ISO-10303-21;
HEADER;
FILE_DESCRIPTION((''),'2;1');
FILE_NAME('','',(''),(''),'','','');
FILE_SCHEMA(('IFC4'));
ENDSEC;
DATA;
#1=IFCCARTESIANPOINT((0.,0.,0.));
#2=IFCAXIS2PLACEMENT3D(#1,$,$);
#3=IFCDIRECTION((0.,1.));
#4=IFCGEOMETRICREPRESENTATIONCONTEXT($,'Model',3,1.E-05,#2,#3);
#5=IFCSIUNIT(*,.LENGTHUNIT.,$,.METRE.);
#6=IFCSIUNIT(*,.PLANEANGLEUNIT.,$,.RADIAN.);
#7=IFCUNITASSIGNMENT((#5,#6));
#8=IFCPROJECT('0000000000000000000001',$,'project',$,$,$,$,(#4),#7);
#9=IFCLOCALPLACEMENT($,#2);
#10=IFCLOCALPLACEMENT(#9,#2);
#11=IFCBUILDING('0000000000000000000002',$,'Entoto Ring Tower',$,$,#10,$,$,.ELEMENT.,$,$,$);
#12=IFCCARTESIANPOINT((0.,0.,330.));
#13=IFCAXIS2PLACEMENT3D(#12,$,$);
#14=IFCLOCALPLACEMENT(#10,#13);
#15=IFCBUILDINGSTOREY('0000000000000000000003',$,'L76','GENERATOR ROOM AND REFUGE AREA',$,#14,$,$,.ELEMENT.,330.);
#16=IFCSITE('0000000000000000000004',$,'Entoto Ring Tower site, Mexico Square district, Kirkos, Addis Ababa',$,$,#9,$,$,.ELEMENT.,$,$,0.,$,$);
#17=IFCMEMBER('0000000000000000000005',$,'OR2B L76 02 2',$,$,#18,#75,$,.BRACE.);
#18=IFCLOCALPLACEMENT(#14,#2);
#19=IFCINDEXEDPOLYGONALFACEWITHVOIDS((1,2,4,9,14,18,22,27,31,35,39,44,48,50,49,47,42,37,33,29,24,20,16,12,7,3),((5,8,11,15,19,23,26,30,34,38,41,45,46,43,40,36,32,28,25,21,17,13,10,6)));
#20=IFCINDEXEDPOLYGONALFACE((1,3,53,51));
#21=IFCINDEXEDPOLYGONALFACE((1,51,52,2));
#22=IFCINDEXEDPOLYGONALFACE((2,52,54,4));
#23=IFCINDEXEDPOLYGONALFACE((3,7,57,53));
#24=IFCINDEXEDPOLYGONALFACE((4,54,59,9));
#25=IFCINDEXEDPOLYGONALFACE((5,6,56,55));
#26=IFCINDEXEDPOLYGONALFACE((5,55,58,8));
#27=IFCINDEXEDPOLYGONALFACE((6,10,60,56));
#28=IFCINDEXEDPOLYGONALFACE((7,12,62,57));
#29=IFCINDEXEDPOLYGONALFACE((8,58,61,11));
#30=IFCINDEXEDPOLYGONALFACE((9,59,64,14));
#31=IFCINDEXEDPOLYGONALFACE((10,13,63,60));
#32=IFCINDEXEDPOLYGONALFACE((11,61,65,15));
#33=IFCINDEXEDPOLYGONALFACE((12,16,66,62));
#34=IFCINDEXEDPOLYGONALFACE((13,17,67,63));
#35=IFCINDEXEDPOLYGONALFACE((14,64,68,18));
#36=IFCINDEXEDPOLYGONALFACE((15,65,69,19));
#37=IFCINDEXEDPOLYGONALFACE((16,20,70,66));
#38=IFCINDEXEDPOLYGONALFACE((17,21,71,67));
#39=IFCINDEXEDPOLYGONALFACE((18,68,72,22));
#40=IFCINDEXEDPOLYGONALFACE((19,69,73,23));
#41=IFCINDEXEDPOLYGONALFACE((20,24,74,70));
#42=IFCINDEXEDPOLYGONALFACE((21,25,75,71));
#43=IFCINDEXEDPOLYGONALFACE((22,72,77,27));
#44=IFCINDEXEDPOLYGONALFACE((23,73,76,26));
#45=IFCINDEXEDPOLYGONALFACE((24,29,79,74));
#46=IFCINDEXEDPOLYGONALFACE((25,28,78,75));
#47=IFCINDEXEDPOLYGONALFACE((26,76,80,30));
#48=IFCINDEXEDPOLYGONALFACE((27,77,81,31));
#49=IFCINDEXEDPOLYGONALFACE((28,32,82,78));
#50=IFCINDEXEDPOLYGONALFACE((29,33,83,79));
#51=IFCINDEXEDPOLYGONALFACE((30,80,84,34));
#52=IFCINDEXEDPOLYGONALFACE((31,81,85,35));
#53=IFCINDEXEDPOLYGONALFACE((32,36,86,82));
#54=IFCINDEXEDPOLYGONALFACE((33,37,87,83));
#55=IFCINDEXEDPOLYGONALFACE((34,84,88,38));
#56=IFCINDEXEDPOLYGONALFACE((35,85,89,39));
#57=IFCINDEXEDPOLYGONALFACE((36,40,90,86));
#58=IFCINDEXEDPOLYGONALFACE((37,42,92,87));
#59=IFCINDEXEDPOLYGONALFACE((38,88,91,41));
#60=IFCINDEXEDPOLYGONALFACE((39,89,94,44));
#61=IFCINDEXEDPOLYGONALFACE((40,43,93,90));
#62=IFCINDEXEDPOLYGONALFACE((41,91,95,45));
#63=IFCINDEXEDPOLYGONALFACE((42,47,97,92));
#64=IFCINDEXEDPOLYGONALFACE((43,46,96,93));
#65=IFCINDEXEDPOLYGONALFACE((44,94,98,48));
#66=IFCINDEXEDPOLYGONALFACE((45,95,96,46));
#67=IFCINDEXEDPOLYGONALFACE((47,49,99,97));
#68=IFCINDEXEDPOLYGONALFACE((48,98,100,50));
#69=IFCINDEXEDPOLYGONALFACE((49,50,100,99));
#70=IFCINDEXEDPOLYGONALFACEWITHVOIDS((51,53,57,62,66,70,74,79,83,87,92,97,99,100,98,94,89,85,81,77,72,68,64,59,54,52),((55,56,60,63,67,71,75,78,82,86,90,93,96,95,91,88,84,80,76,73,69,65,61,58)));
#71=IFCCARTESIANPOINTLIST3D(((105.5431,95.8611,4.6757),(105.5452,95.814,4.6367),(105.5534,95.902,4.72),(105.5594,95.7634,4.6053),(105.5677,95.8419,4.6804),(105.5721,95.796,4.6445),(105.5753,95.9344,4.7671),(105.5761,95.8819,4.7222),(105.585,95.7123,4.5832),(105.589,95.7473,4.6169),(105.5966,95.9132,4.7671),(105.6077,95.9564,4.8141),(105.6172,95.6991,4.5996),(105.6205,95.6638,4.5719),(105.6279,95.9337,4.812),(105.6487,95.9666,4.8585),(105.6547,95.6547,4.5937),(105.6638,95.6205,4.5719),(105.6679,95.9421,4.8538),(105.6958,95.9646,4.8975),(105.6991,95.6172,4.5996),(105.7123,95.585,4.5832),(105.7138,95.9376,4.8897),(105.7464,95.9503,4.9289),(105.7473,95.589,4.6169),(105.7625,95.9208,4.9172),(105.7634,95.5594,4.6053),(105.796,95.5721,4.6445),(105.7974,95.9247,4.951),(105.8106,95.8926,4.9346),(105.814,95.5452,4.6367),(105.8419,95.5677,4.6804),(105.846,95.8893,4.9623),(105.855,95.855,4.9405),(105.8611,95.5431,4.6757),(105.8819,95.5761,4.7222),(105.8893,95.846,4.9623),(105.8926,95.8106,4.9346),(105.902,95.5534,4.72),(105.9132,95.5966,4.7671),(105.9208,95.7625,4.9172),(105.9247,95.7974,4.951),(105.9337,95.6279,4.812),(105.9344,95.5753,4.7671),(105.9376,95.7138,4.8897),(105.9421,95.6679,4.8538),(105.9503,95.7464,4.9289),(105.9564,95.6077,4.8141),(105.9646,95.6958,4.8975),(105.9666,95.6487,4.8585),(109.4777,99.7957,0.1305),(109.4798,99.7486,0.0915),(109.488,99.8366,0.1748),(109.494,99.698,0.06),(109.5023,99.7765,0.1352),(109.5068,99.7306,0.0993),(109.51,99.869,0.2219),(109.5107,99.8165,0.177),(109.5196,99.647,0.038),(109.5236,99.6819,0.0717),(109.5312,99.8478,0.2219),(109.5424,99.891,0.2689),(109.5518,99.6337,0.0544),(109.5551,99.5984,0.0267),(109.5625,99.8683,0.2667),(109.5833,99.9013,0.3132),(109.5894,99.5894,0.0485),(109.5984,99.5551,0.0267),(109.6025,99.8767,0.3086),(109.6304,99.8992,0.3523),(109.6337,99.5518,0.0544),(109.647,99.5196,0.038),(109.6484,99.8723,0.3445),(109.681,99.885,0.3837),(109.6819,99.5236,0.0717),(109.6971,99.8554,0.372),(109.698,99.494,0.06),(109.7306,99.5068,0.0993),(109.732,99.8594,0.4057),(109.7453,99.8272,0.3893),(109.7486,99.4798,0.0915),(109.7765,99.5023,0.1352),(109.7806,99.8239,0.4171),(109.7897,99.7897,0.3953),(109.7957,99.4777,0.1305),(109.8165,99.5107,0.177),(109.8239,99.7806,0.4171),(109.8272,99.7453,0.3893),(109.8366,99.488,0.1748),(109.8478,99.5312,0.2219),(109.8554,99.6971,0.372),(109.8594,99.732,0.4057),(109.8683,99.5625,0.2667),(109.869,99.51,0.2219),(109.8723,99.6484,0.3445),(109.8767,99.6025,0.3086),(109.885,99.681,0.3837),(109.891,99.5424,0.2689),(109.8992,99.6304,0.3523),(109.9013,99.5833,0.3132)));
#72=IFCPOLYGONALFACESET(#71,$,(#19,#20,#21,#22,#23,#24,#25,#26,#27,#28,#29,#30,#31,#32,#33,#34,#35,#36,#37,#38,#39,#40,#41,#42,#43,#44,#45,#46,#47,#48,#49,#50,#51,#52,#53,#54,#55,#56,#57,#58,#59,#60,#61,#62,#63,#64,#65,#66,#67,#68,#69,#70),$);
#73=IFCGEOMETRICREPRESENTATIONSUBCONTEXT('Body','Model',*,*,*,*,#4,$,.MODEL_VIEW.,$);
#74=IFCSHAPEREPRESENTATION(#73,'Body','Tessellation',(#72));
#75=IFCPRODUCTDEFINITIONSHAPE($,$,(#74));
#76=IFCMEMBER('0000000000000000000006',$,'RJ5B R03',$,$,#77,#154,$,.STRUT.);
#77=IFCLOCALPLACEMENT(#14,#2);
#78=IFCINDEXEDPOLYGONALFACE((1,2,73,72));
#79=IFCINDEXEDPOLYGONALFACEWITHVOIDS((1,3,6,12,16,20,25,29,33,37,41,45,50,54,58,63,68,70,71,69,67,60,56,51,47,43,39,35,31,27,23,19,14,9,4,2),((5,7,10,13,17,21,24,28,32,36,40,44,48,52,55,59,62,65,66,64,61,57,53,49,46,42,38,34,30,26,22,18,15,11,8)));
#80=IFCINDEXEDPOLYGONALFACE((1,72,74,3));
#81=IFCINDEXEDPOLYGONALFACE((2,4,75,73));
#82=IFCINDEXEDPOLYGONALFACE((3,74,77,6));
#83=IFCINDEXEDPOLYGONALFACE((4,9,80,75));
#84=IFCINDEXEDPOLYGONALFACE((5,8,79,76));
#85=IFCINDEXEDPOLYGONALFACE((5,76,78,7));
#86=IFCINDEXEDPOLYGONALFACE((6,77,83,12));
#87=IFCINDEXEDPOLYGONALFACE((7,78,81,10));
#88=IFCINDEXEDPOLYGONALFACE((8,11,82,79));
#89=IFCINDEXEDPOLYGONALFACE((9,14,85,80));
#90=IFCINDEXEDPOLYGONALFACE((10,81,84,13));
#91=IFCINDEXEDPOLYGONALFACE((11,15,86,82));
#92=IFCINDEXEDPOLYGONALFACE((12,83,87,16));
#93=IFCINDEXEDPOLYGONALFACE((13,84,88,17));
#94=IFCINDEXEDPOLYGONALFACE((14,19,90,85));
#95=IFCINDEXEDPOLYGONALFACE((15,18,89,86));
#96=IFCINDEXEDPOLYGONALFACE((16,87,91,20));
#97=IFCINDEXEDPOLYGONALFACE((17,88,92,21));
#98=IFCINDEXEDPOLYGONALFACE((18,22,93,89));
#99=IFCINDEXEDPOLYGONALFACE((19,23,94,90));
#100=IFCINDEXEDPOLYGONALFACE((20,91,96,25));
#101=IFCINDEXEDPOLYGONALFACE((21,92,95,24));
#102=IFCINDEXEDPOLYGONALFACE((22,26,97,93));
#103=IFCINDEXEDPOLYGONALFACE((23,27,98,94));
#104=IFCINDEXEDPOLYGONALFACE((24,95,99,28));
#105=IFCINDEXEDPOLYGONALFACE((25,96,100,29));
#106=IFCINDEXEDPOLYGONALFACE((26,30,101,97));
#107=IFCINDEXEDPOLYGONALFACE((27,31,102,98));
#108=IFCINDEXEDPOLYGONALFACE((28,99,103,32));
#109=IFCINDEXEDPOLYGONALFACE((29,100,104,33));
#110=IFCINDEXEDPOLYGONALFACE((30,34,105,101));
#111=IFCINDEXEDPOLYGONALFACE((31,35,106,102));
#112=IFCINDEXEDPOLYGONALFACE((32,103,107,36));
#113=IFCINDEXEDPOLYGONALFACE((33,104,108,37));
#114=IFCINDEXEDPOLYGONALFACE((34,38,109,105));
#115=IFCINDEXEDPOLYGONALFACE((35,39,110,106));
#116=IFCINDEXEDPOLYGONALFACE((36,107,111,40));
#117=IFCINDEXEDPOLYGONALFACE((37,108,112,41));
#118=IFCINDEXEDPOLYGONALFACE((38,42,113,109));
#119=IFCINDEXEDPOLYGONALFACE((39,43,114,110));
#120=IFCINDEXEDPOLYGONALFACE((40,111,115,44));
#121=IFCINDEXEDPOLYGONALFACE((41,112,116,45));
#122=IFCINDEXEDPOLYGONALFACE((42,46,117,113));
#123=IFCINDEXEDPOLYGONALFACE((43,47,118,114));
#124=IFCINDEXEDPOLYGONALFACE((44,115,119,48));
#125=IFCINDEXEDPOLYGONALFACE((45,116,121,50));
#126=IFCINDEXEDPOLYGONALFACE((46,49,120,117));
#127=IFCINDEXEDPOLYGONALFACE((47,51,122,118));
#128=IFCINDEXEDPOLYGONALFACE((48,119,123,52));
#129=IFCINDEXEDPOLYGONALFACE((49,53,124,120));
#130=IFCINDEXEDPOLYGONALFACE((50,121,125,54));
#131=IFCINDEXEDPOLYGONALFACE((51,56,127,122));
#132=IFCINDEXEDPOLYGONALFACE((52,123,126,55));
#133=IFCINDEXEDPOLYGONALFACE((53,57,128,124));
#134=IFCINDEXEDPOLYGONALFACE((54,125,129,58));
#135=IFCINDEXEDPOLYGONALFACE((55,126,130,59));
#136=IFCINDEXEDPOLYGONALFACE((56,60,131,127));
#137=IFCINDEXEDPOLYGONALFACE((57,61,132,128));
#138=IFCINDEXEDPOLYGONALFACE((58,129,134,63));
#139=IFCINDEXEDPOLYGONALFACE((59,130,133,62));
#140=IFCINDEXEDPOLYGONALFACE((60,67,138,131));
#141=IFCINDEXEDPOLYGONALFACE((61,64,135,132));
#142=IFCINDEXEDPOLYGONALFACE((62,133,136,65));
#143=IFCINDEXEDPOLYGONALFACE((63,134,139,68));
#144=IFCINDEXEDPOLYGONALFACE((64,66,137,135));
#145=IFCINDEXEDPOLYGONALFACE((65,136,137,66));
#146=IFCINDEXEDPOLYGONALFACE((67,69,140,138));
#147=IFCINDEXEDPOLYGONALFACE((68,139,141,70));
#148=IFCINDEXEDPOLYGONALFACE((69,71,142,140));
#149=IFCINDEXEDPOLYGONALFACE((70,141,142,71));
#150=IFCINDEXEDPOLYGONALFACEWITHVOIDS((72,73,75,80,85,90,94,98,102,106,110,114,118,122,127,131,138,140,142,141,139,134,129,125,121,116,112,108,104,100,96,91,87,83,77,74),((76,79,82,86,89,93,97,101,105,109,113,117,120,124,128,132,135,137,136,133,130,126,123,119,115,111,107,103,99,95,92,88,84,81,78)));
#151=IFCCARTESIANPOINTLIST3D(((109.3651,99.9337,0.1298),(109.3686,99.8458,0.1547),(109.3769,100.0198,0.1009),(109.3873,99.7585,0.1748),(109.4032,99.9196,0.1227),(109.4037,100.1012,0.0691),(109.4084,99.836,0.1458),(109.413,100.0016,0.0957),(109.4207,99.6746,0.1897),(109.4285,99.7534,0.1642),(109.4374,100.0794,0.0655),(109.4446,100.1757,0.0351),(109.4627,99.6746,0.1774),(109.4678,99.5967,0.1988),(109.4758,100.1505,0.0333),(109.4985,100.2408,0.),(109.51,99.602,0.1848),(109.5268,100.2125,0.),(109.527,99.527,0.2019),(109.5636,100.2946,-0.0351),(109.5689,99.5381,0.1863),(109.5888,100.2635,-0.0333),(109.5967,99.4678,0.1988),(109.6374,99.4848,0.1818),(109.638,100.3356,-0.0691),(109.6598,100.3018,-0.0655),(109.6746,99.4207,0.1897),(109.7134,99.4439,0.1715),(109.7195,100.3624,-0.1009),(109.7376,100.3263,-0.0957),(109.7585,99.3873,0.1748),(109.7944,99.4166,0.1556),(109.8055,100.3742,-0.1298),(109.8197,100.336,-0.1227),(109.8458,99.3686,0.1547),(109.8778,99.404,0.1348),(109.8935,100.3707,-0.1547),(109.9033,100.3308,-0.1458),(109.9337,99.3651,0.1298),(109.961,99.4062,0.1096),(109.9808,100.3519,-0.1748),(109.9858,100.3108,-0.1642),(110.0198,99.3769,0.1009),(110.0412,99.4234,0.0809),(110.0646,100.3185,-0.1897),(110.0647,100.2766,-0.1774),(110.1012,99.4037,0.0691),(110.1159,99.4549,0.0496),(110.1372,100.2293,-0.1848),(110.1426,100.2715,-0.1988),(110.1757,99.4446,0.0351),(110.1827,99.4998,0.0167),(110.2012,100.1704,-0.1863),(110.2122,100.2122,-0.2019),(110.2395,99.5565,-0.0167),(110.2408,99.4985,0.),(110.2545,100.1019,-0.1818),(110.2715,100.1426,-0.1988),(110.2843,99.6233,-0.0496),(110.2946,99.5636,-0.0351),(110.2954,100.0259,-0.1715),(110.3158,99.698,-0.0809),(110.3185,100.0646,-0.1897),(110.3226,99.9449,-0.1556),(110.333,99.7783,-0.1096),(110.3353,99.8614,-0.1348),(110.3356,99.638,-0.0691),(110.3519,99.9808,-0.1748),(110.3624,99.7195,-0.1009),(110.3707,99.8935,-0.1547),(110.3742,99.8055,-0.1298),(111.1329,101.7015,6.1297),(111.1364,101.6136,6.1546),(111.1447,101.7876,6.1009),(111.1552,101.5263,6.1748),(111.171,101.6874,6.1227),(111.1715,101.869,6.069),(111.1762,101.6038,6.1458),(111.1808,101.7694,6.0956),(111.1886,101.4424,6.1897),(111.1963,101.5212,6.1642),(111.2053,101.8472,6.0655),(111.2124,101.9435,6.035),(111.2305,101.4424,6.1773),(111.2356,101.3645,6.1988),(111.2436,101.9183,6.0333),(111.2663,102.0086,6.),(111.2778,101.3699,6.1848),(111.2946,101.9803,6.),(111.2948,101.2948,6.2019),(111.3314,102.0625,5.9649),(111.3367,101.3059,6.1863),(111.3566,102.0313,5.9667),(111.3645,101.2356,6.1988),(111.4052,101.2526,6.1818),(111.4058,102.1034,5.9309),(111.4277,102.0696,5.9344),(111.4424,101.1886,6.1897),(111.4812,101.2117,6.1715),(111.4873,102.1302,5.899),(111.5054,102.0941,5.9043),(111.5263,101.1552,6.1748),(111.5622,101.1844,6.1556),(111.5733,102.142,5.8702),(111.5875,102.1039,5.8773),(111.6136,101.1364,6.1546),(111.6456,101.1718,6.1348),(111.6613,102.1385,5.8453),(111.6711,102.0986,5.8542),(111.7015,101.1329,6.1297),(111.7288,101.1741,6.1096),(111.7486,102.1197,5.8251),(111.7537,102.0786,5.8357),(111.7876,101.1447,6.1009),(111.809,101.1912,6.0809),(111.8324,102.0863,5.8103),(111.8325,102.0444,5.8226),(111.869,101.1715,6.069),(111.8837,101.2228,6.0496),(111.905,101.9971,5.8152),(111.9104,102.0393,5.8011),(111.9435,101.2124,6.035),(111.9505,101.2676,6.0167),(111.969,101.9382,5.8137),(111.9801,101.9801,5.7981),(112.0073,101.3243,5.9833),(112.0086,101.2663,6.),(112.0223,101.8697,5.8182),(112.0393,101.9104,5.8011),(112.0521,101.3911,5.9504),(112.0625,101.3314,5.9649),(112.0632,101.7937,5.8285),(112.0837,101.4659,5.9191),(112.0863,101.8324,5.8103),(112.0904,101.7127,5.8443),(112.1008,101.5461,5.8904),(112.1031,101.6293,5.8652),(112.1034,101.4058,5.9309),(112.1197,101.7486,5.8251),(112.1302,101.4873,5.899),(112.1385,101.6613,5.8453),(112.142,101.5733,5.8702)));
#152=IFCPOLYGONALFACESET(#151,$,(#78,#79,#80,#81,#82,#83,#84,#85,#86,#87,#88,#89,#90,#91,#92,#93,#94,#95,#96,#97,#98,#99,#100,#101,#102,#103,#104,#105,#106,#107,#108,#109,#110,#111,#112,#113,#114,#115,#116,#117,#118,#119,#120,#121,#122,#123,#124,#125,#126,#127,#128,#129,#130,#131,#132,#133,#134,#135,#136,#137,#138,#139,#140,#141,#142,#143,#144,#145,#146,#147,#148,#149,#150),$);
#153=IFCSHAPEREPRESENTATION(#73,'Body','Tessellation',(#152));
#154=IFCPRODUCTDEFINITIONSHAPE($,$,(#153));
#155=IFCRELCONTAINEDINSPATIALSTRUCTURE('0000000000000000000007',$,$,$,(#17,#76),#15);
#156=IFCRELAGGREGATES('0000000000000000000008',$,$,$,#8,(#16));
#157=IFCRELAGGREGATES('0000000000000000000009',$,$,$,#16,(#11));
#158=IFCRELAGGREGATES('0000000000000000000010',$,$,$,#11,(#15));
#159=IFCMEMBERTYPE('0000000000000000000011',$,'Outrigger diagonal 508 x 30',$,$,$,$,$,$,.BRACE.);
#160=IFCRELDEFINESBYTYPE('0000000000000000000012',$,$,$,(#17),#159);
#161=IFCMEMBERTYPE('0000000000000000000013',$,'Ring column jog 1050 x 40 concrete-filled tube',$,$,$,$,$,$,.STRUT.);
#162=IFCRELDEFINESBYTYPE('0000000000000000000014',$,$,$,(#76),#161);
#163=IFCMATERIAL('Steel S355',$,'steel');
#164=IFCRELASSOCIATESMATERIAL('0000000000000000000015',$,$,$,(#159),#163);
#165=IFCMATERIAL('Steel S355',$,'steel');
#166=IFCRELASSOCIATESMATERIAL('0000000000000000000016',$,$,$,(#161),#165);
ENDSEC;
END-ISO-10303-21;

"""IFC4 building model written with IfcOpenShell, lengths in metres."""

from ifc_helpers import new_model, si_unit, direction, frame, origin, origin_2d, place, context, subcontext, project, spatial, circle, hollow_circle, extrude, material, material_profile, profile_set, type_object, element, save


model = new_model("IFC4")

# Units and contexts
model_context = context("Model", 3, precision=1e-05, world=origin(), true_north=direction((0.0, 1.0)))
body_context = subcontext(model_context, "Body", "Model", "MODEL_VIEW")
ifc_project = project(units=[si_unit("LENGTHUNIT", "METRE"), si_unit("PLANEANGLEUNIT", "RADIAN")], contexts=[model_context])

# Site, building, storey
site_placement = place(None, origin())
site = spatial("IfcSite", under=ifc_project, at=site_placement, Name="Entoto Ring Tower site, Mexico Square district, Kirkos, Addis Ababa", CompositionType="ELEMENT", RefElevation=0.0)
building_placement = place(site_placement, origin())
building = spatial("IfcBuilding", under=site, at=building_placement, Name="Entoto Ring Tower", CompositionType="ELEMENT")
storey_placement = place(building_placement, frame((0.0, 0.0, 330.0)))
storey = spatial("IfcBuildingStorey", under=building, at=storey_placement, Name="L76", Description="GENERATOR ROOM AND REFUGE AREA", CompositionType="ELEMENT", Elevation=330.0)

# Members
ifc_material_1 = material(Name="Steel S355", Category="steel")
ifc_material_profile_1 = material_profile(ifc_material_1, hollow_circle(Radius=0.2539, WallThickness=0.03, at=origin_2d()), Name="CHS 508 x 30")
ifc_material_2 = material(Name="Concrete C60/75", Category="concrete")
ifc_material_profile_2 = material_profile(ifc_material_2, circle(Radius=0.2241, at=origin_2d()), Name="Concrete C60/75 infill")
ifc_profile_set_1 = profile_set([ifc_material_profile_1, ifc_material_profile_2], Name="Steel S355")
member_type_1 = type_object("IfcMemberType", Name="Outrigger diagonal 508 x 30", PredefinedType="BRACE", material=ifc_profile_set_1)
member_1_placement = place(storey_placement, frame((105.7549, 95.7549, 4.7671), z_axis=(0.54763, 0.54763, -0.632615), x_axis=(-0.707107, 0.707107, 0.0)))
element("IfcMember", 1, at=member_1_placement, inside=storey, type_object=member_type_1, Name="OR2B L76 02 2", PredefinedType="BRACE", context=body_context, shape_type="SweptSolid", body=[
    extrude(hollow_circle(Radius=0.2539, WallThickness=0.03, at=origin_2d()), origin(), (0.0, 0.0, 1.0), 7.1848),
])
ifc_material_3 = material(Name="Steel S355", Category="steel")
ifc_material_profile_3 = material_profile(ifc_material_3, hollow_circle(Radius=0.5249, WallThickness=0.04, at=origin_2d()), Name="CHS 1050 x 40")
ifc_material_4 = material(Name="Concrete C60/75", Category="concrete")
ifc_material_profile_4 = material_profile(ifc_material_4, circle(Radius=0.4851, at=origin_2d()), Name="Concrete C60/75 infill")
ifc_profile_set_2 = profile_set([ifc_material_profile_3, ifc_material_profile_4], Name="Steel S355")
member_type_2 = type_object("IfcMemberType", Name="Ring column jog 1050 x 40 concrete-filled tube", PredefinedType="STRUT", material=ifc_profile_set_2)
member_2_placement = place(storey_placement, frame((109.8696, 99.8696, 0.0), z_axis=(0.271971, 0.271971, 0.923073), x_axis=(-0.707107, 0.707107, 0.0)))
element("IfcMember", 2, at=member_2_placement, inside=storey, type_object=member_type_2, Name="RJ5B R03", PredefinedType="STRUT", context=body_context, shape_type="SweptSolid", body=[
    extrude(hollow_circle(Radius=0.5249, WallThickness=0.04, at=origin_2d()), origin(), (0.0, 0.0, 1.0), 6.5),
])

save(model, "model.ifc")
